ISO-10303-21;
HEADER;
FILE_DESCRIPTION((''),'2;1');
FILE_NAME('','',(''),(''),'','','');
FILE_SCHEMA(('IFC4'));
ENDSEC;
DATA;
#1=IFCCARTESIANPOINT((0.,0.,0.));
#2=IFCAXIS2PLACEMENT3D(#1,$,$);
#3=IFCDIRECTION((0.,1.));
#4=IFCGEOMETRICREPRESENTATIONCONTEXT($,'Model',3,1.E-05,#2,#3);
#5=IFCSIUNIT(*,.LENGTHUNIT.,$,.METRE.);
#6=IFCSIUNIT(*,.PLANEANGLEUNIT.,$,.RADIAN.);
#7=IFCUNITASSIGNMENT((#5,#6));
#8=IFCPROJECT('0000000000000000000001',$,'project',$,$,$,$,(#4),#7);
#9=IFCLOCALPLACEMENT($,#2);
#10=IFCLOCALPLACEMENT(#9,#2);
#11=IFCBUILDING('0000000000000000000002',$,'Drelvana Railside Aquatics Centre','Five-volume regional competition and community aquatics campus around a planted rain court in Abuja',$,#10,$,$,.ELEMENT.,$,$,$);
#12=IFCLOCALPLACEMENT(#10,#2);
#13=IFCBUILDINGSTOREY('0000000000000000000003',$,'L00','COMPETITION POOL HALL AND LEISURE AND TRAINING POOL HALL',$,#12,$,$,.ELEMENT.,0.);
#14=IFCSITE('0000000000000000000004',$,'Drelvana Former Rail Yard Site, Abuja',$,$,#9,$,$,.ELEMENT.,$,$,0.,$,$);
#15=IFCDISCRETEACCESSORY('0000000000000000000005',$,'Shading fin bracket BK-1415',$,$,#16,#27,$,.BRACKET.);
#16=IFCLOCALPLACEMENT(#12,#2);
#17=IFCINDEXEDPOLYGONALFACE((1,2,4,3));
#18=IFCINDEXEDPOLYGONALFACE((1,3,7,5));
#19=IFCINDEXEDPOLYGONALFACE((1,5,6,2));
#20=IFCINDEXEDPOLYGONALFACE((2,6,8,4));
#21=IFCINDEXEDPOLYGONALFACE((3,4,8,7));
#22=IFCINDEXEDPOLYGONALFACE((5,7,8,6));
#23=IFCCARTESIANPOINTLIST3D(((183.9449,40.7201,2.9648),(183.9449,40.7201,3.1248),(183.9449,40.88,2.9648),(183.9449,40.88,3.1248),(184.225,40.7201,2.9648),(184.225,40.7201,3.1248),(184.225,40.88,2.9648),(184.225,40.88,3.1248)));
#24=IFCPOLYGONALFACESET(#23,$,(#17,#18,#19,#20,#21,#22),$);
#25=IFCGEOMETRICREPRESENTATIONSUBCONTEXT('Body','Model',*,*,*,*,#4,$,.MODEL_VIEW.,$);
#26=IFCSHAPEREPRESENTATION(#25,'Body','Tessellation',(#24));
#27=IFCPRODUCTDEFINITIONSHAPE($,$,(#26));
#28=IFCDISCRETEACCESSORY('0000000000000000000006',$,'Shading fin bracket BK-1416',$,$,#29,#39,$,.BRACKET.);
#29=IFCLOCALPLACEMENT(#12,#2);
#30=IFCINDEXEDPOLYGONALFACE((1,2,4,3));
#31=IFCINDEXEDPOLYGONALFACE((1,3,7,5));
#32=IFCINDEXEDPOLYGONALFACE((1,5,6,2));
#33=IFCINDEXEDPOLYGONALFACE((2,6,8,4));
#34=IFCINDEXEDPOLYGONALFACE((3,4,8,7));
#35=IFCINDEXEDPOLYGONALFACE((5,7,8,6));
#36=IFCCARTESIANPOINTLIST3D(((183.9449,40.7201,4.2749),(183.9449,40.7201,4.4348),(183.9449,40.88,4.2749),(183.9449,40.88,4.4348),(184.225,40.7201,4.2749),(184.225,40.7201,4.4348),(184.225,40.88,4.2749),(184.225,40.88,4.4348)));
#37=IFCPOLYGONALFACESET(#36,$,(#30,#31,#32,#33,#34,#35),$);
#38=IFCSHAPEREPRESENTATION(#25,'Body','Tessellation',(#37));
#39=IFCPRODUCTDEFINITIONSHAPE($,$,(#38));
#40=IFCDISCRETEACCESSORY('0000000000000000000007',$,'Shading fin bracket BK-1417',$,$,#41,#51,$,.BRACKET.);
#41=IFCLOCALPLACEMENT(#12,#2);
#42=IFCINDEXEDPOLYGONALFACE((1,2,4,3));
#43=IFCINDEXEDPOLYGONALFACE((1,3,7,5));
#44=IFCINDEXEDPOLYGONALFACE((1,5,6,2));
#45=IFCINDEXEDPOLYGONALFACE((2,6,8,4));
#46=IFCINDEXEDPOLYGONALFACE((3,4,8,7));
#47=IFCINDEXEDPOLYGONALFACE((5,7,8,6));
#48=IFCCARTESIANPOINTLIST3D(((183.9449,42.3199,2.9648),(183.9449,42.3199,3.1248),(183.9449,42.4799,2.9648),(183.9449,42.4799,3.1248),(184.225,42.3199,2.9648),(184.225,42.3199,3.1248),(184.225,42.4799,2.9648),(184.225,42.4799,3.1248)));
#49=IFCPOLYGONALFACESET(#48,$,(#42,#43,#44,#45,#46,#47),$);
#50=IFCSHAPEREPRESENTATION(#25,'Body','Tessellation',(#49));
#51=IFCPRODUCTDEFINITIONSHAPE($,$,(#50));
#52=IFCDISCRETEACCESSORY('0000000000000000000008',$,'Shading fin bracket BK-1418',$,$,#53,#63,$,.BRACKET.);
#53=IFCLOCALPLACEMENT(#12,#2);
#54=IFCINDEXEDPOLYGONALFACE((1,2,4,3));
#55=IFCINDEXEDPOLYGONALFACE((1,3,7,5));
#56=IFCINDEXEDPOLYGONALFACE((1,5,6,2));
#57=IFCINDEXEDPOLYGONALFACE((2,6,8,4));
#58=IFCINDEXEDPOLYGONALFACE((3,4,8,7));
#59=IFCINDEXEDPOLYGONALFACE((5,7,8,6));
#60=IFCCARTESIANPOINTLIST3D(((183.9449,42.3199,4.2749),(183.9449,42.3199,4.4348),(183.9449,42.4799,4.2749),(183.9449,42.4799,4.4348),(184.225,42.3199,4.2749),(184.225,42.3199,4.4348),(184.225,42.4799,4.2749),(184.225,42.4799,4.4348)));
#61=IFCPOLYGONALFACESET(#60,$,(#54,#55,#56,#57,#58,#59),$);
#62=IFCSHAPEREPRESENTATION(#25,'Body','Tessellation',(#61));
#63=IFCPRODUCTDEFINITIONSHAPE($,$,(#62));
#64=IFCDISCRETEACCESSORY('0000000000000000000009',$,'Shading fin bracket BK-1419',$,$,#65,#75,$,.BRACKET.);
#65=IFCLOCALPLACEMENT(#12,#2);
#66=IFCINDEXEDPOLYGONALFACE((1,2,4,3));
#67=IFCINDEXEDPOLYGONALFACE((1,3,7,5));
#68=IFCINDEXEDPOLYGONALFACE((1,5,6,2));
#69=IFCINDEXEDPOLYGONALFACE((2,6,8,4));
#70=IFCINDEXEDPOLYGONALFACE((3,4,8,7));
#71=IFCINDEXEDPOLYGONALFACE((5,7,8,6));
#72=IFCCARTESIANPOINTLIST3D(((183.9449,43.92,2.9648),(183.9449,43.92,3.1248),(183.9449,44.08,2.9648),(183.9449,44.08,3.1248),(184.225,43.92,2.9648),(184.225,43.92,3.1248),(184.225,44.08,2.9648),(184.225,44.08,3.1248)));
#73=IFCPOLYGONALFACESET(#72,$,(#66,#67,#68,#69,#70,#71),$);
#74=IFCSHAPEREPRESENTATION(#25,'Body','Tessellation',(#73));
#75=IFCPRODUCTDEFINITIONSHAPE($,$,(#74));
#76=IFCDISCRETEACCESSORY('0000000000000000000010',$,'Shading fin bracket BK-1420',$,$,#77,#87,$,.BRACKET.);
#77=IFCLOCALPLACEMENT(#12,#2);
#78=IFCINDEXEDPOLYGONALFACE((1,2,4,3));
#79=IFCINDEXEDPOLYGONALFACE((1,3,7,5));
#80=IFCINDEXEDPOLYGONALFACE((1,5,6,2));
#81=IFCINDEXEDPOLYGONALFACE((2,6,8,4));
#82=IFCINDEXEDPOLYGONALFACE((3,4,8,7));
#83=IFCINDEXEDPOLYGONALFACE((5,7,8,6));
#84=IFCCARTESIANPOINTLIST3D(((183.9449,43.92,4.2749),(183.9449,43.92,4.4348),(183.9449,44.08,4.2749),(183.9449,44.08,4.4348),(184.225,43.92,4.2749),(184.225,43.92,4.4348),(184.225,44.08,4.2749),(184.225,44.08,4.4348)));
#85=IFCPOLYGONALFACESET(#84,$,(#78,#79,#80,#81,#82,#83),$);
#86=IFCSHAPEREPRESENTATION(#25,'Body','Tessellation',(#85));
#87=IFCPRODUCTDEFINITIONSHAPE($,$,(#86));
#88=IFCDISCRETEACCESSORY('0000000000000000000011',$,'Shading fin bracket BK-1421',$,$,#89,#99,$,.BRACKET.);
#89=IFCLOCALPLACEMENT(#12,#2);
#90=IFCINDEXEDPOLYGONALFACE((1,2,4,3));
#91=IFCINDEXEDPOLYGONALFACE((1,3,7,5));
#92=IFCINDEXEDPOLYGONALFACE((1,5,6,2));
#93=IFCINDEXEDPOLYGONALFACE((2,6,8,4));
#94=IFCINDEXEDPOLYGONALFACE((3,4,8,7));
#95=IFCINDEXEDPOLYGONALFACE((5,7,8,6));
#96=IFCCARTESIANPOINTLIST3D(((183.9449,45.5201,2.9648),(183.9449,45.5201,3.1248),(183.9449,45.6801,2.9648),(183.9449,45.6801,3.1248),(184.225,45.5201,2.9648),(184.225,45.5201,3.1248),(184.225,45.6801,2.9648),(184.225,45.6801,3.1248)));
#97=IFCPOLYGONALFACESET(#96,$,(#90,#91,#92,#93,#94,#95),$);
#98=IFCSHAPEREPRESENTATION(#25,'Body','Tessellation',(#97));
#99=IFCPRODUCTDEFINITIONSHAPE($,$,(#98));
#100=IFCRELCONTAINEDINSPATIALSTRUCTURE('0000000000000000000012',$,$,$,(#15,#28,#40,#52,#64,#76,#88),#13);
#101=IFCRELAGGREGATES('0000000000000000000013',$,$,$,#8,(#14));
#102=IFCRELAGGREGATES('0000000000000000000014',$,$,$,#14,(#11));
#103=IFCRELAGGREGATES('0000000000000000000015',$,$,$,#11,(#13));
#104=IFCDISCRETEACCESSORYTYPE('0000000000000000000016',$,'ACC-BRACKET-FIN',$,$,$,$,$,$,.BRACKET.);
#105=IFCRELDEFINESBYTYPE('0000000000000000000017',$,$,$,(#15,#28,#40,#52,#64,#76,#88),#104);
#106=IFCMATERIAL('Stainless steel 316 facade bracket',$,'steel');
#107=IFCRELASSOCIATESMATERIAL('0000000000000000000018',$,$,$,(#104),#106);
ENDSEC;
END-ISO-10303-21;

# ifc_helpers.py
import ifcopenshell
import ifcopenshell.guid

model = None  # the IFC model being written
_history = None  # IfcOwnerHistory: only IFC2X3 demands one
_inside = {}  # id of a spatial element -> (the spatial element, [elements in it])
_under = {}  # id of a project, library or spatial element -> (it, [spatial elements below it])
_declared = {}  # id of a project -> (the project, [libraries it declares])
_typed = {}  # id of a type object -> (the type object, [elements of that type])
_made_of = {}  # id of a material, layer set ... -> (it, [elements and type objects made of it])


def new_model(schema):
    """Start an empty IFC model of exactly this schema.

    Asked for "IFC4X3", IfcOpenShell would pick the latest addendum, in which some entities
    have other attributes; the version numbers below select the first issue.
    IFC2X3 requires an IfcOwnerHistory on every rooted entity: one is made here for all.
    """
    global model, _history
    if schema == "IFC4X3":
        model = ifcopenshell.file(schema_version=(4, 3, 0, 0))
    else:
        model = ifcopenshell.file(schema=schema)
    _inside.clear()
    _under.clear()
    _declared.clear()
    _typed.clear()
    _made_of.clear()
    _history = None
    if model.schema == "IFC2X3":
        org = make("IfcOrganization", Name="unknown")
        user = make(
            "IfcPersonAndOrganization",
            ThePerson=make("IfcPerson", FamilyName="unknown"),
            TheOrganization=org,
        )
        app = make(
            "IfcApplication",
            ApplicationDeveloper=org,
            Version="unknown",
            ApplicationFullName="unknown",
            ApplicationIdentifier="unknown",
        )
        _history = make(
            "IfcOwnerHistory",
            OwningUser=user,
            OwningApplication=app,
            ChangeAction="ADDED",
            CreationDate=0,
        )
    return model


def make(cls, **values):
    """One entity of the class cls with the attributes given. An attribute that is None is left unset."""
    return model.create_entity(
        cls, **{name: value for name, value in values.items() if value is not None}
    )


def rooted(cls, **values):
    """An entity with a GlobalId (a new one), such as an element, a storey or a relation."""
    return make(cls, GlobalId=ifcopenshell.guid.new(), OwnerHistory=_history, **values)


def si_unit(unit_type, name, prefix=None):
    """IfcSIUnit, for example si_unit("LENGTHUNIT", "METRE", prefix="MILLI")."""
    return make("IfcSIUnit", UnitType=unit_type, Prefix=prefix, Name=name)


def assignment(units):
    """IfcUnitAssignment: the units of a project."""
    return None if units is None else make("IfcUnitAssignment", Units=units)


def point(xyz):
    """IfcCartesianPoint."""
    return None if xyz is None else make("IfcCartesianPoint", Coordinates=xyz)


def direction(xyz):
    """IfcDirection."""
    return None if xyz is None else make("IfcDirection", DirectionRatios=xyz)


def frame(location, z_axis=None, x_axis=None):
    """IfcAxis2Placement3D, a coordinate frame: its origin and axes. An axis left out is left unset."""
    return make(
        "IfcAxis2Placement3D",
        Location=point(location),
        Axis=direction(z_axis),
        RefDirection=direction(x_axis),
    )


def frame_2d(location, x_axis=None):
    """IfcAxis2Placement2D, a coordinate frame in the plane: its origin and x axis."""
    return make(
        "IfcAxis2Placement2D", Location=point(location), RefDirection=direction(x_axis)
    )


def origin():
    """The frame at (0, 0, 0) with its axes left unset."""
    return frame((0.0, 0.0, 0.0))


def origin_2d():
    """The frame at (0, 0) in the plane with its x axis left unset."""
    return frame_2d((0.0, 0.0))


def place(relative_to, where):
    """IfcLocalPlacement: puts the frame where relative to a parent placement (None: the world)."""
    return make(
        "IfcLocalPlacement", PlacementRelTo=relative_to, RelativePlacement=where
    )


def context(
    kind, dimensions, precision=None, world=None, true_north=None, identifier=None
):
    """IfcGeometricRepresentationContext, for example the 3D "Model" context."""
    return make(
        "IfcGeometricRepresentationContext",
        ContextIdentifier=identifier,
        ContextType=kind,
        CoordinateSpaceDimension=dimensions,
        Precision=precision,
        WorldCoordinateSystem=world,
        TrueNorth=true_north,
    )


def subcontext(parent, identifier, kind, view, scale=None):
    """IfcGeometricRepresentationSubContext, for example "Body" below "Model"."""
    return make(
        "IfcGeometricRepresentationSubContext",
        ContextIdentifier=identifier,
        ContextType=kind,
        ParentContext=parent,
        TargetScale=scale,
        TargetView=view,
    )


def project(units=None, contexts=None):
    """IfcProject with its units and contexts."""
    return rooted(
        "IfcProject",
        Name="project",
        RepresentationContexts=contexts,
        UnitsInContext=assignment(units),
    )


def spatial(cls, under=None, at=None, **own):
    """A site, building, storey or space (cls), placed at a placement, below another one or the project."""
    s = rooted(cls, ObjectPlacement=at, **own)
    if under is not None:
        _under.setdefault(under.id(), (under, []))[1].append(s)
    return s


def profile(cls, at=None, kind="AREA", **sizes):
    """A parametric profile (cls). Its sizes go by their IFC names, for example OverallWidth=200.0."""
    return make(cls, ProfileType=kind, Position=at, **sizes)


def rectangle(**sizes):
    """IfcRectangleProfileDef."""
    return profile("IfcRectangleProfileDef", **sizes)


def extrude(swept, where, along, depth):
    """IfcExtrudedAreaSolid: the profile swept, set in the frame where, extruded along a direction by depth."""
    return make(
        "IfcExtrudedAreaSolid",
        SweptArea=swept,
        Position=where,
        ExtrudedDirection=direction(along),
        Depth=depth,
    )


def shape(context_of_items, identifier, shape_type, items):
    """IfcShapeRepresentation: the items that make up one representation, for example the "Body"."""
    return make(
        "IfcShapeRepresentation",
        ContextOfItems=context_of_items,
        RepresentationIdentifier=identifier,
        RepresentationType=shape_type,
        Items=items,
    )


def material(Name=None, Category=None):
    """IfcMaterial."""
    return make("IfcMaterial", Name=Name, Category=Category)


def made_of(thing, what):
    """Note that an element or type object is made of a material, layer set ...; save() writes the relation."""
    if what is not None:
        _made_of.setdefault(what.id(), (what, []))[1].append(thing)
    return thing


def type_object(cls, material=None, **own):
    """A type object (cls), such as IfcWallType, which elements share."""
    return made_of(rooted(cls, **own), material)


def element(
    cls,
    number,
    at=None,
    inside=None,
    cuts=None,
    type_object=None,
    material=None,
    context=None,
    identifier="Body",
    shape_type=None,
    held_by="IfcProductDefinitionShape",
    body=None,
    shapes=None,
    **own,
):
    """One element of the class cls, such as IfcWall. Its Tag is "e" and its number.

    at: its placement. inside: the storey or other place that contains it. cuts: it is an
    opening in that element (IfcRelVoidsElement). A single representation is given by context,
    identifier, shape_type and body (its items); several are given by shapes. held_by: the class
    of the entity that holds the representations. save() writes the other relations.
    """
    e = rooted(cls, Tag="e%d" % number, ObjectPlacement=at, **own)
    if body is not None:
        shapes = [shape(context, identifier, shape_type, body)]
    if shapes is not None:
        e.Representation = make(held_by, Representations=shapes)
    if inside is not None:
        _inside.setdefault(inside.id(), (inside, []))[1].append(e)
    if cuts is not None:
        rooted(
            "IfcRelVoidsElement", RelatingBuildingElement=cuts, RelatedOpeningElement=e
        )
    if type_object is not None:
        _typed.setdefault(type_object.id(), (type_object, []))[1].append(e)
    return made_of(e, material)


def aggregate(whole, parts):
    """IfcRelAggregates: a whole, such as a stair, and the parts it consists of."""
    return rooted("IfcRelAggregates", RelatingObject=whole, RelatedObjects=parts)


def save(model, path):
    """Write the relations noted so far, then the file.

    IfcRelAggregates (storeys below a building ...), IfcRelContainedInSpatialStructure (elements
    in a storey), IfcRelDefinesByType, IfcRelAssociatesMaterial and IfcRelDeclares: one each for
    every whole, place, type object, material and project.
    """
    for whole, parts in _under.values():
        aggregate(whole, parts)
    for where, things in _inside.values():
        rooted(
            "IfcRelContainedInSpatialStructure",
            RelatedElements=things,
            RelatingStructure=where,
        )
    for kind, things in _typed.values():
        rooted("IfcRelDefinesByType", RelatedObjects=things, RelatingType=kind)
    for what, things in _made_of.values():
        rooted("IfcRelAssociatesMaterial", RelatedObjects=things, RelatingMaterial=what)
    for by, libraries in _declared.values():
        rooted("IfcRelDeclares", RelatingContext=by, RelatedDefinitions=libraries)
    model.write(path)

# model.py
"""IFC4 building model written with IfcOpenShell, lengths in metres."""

from ifc_helpers import new_model, si_unit, direction, frame, origin, origin_2d, place, context, subcontext, project, spatial, rectangle, extrude, material, type_object, element, save


model = new_model("IFC4")

# Units and contexts
model_context = context("Model", 3, precision=1e-05, world=origin(), true_north=direction((0.0, 1.0)))
body_context = subcontext(model_context, "Body", "Model", "MODEL_VIEW")
ifc_project = project(units=[si_unit("LENGTHUNIT", "METRE"), si_unit("PLANEANGLEUNIT", "RADIAN")], contexts=[model_context])

# Site, building, storey
site_placement = place(None, origin())
site = spatial("IfcSite", under=ifc_project, at=site_placement, Name="Drelvana Former Rail Yard Site, Abuja", CompositionType="ELEMENT", RefElevation=0.0)
building_placement = place(site_placement, origin())
building = spatial("IfcBuilding", under=site, at=building_placement, Name="Drelvana Railside Aquatics Centre", Description="Five-volume regional competition and community aquatics campus around a planted rain court in Abuja", CompositionType="ELEMENT")
storey_placement = place(building_placement, origin())
storey = spatial("IfcBuildingStorey", under=building, at=storey_placement, Name="L00", Description="COMPETITION POOL HALL AND LEISURE AND TRAINING POOL HALL", CompositionType="ELEMENT", Elevation=0.0)

# Discrete accessories
ifc_material_1 = material(Name="Stainless steel 316 facade bracket", Category="steel")
discrete_accessory_type = type_object("IfcDiscreteAccessoryType", Name="ACC-BRACKET-FIN", PredefinedType="BRACKET", material=ifc_material_1)
for number, where, z_axis, x_axis, name in (
    (1, (184.085, 40.8, 2.9648), (0.0, 0.0, 1.0), (1.0, 0.0, 0.0), "Shading fin bracket BK-1415"),
    (2, (184.085, 40.8, 4.2749), (0.0, 0.0, 1.0), (1.0, 0.0, 0.0), "Shading fin bracket BK-1416"),
    (3, (184.085, 42.3999, 2.9648), (0.0, 0.0, 1.0), (1.0, 0.0, 0.0), "Shading fin bracket BK-1417"),
    (4, (184.085, 42.3999, 4.2749), (0.0, 0.0, 1.0), (1.0, 0.0, 0.0), "Shading fin bracket BK-1418"),
    (5, (184.085, 44.0, 2.9648), (0.0, 0.0, 1.0), (1.0, 0.0, 0.0), "Shading fin bracket BK-1419"),
    (6, (184.085, 44.0, 4.2749), (0.0, 0.0, 1.0), (1.0, 0.0, 0.0), "Shading fin bracket BK-1420"),
    (7, (184.085, 45.6001, 2.9648), (0.0, 0.0, 1.0), (1.0, 0.0, 0.0), "Shading fin bracket BK-1421"),
):
    element("IfcDiscreteAccessory", number, at=place(storey_placement, frame(where, z_axis=z_axis, x_axis=x_axis)), inside=storey, type_object=discrete_accessory_type, Name=name, PredefinedType="BRACKET", context=body_context, shape_type="SweptSolid", body=[
        extrude(rectangle(XDim=0.28, YDim=0.1599, at=origin_2d()), origin(), (0.0, 0.0, 1.0), 0.1599),
    ])

save(model, "model.ifc")
